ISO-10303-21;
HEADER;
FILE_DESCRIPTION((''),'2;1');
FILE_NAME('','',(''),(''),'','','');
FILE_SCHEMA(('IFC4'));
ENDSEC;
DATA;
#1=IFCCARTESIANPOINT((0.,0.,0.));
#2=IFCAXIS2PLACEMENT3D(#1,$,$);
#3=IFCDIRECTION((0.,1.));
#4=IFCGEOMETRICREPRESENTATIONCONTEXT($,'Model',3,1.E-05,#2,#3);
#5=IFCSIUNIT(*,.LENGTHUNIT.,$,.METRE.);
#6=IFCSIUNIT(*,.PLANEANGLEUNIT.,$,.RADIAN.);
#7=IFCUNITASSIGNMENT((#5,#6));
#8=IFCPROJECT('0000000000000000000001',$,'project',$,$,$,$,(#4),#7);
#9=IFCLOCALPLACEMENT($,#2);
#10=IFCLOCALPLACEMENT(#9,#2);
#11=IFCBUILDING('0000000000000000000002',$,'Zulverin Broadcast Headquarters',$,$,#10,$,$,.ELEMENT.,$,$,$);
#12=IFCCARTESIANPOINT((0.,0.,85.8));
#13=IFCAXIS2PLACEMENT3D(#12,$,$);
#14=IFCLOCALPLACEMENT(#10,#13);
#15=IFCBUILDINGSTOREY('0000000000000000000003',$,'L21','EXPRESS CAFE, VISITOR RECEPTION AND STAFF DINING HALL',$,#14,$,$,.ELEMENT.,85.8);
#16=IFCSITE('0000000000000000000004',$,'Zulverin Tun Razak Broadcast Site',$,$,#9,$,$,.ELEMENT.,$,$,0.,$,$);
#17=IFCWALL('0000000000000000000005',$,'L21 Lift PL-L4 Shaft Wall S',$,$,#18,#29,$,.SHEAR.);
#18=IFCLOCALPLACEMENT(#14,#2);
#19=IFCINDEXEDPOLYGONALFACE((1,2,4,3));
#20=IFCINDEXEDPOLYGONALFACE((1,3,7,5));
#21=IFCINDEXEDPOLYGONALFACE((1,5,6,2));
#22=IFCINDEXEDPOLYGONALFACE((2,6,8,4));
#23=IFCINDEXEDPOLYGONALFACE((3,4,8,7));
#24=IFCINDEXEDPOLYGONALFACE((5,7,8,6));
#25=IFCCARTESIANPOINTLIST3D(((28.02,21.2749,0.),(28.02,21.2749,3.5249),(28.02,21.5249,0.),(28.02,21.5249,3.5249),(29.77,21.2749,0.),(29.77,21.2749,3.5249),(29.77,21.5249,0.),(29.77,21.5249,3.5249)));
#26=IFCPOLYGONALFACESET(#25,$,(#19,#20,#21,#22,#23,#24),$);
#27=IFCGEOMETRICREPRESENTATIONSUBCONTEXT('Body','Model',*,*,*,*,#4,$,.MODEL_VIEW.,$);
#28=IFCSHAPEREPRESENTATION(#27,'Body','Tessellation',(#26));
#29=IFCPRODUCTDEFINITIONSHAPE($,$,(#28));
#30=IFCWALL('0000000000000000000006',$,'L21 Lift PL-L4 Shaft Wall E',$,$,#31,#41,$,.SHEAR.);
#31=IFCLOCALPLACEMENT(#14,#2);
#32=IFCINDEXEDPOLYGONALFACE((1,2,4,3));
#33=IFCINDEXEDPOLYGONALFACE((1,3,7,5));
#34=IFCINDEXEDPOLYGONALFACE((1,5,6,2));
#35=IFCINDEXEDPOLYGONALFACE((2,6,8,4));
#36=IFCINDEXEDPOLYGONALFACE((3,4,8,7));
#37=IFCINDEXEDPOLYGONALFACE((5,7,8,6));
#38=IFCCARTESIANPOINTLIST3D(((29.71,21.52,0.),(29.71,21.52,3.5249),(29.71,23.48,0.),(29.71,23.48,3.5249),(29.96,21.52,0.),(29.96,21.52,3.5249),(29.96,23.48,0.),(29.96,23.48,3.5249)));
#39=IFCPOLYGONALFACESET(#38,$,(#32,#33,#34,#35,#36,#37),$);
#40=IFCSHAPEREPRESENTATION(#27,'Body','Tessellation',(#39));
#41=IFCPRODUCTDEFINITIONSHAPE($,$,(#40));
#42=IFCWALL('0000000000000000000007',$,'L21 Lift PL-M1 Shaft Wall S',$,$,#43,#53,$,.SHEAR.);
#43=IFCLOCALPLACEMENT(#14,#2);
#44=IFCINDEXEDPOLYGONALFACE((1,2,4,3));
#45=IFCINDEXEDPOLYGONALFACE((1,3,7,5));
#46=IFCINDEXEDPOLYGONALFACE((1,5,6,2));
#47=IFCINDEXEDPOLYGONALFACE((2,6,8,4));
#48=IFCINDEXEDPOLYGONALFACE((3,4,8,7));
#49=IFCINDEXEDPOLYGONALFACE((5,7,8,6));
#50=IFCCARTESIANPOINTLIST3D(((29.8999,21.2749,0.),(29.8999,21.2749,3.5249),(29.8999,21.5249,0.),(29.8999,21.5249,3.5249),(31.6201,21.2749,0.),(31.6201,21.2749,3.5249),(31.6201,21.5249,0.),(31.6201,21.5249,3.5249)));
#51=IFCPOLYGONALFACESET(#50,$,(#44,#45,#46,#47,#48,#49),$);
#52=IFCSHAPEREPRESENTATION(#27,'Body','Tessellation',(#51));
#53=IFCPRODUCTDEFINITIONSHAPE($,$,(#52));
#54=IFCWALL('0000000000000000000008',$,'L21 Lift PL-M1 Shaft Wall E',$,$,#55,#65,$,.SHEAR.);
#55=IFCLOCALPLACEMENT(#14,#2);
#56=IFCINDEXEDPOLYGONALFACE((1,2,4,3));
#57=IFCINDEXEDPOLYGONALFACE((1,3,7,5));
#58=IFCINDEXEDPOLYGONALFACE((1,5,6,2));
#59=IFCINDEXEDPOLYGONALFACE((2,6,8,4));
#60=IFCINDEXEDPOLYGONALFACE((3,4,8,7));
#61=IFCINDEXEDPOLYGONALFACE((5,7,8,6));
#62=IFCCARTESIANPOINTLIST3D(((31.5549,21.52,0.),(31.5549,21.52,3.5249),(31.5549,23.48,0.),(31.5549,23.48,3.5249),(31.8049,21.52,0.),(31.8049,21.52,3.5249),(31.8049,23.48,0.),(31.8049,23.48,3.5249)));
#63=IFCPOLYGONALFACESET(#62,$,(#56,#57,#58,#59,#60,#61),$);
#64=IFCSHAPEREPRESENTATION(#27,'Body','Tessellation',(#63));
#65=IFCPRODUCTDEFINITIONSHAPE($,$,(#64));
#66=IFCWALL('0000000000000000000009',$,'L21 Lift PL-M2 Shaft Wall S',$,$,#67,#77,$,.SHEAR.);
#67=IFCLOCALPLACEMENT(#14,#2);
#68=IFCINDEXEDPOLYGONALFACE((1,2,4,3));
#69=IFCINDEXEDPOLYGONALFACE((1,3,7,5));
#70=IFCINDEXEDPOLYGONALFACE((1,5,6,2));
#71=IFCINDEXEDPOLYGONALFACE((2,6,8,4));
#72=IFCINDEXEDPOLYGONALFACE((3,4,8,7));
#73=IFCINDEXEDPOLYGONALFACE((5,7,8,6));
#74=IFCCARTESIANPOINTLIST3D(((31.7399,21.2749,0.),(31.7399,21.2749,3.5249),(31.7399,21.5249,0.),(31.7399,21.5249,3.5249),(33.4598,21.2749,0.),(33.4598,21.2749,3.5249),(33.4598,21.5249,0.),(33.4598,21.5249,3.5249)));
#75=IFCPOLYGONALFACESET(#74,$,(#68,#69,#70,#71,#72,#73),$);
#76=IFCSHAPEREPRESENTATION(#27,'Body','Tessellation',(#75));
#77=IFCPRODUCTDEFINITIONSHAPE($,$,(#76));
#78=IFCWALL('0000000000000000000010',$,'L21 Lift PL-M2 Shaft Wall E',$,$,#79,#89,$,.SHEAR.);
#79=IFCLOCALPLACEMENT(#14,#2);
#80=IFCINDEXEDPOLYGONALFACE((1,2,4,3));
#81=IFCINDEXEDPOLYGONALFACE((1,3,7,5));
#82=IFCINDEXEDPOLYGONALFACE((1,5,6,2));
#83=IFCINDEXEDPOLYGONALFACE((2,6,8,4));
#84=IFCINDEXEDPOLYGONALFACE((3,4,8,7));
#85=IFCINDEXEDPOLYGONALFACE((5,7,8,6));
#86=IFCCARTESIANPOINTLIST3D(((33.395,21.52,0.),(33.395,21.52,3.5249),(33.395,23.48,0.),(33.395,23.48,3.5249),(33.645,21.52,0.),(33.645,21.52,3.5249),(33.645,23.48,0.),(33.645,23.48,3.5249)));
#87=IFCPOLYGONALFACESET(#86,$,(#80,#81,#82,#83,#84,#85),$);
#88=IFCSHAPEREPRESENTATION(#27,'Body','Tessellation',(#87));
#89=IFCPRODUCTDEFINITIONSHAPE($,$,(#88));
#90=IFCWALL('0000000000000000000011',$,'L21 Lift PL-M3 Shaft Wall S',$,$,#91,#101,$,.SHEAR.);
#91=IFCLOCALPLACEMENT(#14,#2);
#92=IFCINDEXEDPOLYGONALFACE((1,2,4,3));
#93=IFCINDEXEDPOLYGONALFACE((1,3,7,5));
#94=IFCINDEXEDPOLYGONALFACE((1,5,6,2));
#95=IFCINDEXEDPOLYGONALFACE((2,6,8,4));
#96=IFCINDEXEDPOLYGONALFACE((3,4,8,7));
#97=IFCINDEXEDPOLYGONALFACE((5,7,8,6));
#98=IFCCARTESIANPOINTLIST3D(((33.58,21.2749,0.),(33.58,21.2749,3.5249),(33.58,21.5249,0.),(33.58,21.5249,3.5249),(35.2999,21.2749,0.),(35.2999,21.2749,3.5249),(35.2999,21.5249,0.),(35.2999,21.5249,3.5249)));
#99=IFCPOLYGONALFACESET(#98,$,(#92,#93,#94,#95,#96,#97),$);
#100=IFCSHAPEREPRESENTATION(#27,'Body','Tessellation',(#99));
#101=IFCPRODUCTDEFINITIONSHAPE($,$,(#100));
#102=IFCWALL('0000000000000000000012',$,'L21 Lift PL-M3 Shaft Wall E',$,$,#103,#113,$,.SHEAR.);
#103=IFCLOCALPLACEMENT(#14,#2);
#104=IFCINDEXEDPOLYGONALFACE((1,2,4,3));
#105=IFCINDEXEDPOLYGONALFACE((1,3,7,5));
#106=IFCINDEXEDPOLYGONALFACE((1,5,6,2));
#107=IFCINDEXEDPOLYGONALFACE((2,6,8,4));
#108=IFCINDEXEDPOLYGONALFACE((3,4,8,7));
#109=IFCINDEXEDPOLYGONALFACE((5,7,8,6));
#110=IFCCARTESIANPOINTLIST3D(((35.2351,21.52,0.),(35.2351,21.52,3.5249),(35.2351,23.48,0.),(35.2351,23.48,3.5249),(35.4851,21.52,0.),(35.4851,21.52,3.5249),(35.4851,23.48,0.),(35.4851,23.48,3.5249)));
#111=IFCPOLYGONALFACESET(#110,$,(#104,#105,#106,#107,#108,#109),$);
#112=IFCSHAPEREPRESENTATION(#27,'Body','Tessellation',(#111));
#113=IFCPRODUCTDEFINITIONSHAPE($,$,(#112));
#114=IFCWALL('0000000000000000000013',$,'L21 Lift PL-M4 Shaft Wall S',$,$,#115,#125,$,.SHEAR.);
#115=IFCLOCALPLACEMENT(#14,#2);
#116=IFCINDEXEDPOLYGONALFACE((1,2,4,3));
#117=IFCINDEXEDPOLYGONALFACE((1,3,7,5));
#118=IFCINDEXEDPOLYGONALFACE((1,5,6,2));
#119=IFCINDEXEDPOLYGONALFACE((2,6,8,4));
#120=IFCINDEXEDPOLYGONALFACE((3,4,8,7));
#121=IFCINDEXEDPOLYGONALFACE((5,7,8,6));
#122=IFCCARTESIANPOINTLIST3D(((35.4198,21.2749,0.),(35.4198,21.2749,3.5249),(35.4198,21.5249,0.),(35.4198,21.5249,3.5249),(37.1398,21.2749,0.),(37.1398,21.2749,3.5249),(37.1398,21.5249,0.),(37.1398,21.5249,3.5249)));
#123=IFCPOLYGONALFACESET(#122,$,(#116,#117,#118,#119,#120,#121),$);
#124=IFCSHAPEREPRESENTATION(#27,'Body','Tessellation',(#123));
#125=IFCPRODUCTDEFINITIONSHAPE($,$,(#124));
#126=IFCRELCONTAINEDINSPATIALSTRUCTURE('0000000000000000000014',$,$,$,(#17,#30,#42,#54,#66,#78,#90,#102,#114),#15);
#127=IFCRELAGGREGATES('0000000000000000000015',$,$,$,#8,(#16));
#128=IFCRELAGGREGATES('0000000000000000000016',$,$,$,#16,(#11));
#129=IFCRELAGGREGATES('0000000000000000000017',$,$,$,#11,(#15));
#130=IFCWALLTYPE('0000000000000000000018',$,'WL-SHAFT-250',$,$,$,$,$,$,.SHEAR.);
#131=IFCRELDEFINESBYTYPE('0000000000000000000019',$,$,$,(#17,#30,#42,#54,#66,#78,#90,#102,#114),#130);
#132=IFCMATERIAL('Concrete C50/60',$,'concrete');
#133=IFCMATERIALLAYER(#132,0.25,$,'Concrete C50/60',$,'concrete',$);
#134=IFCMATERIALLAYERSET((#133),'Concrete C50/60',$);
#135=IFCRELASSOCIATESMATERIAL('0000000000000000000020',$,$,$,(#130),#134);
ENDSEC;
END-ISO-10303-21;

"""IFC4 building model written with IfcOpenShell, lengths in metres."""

from ifc_helpers import new_model, si_unit, direction, frame, frame_2d, origin, place, context, subcontext, project, spatial, rectangle, extrude, material, layer, layer_set, type_object, element, save


model = new_model("IFC4")

# Units and contexts
model_context = context("Model", 3, precision=1e-05, world=origin(), true_north=direction((0.0, 1.0)))
body_context = subcontext(model_context, "Body", "Model", "MODEL_VIEW")
ifc_project = project(units=[si_unit("LENGTHUNIT", "METRE"), si_unit("PLANEANGLEUNIT", "RADIAN")], contexts=[model_context])

# Site, building, storey
site_placement = place(None, origin())
site = spatial("IfcSite", under=ifc_project, at=site_placement, Name="Zulverin Tun Razak Broadcast Site", CompositionType="ELEMENT", RefElevation=0.0)
building_placement = place(site_placement, origin())
building = spatial("IfcBuilding", under=site, at=building_placement, Name="Zulverin Broadcast Headquarters", CompositionType="ELEMENT")
storey_placement = place(building_placement, frame((0.0, 0.0, 85.8)))
storey = spatial("IfcBuildingStorey", under=building, at=storey_placement, Name="L21", Description="EXPRESS CAFE, VISITOR RECEPTION AND STAFF DINING HALL", CompositionType="ELEMENT", Elevation=85.8)

# Walls
ifc_material_1 = material(Name="Concrete C50/60", Category="concrete")
ifc_layer_1 = layer(ifc_material_1, 0.25, Name="Concrete C50/60", Category="concrete")
ifc_layer_set_1 = layer_set([ifc_layer_1], Name="Concrete C50/60")
wall_type_1 = type_object("IfcWallType", Name="WL-SHAFT-250", PredefinedType="SHEAR", material=ifc_layer_set_1)
wall_1_placement = place(storey_placement, frame((28.02, 21.3999, 0.0), z_axis=(0.0, 0.0, 1.0), x_axis=(1.0, 0.0, 0.0)))
element("IfcWall", 1, at=wall_1_placement, inside=storey, type_object=wall_type_1, Name="L21 Lift PL-L4 Shaft Wall S", PredefinedType="SHEAR", context=body_context, shape_type="SweptSolid", body=[
    extrude(rectangle(XDim=1.75, YDim=0.25, at=frame_2d((0.875, 0.0))), origin(), (0.0, 0.0, 1.0), 3.5249),
])
wall_2_placement = place(storey_placement, frame((29.835, 21.52, 0.0), z_axis=(0.0, 0.0, 1.0), x_axis=(0.0, 1.0, 0.0)))
element("IfcWall", 2, at=wall_2_placement, inside=storey, type_object=wall_type_1, Name="L21 Lift PL-L4 Shaft Wall E", PredefinedType="SHEAR", context=body_context, shape_type="SweptSolid", body=[
    extrude(rectangle(XDim=1.96, YDim=0.25, at=frame_2d((0.98, 0.0))), origin(), (0.0, 0.0, 1.0), 3.5249),
])
wall_3_placement = place(storey_placement, frame((29.8999, 21.3999, 0.0), z_axis=(0.0, 0.0, 1.0), x_axis=(1.0, 0.0, 0.0)))
element("IfcWall", 3, at=wall_3_placement, inside=storey, type_object=wall_type_1, Name="L21 Lift PL-M1 Shaft Wall S", PredefinedType="SHEAR", context=body_context, shape_type="SweptSolid", body=[
    extrude(rectangle(XDim=1.7202, YDim=0.25, at=frame_2d((0.8601, 0.0))), origin(), (0.0, 0.0, 1.0), 3.5249),
])
wall_4_placement = place(storey_placement, frame((31.6799, 21.52, 0.0), z_axis=(0.0, 0.0, 1.0), x_axis=(0.0, 1.0, 0.0)))
element("IfcWall", 4, at=wall_4_placement, inside=storey, type_object=wall_type_1, Name="L21 Lift PL-M1 Shaft Wall E", PredefinedType="SHEAR", context=body_context, shape_type="SweptSolid", body=[
    extrude(rectangle(XDim=1.96, YDim=0.25, at=frame_2d((0.98, 0.0))), origin(), (0.0, 0.0, 1.0), 3.5249),
])
wall_5_placement = place(storey_placement, frame((31.74, 21.3999, 0.0), z_axis=(0.0, 0.0, 1.0), x_axis=(1.0, 0.0, 0.0)))
element("IfcWall", 5, at=wall_5_placement, inside=storey, type_object=wall_type_1, Name="L21 Lift PL-M2 Shaft Wall S", PredefinedType="SHEAR", context=body_context, shape_type="SweptSolid", body=[
    extrude(rectangle(XDim=1.72, YDim=0.25, at=frame_2d((0.8599, 0.0))), origin(), (0.0, 0.0, 1.0), 3.5249),
])
wall_6_placement = place(storey_placement, frame((33.52, 21.52, 0.0), z_axis=(0.0, 0.0, 1.0), x_axis=(0.0, 1.0, 0.0)))
element("IfcWall", 6, at=wall_6_placement, inside=storey, type_object=wall_type_1, Name="L21 Lift PL-M2 Shaft Wall E", PredefinedType="SHEAR", context=body_context, shape_type="SweptSolid", body=[
    extrude(rectangle(XDim=1.96, YDim=0.25, at=frame_2d((0.98, 0.0))), origin(), (0.0, 0.0, 1.0), 3.5249),
])
wall_7_placement = place(storey_placement, frame((33.5801, 21.3999, 0.0), z_axis=(0.0, 0.0, 1.0), x_axis=(1.0, 0.0, 0.0)))
element("IfcWall", 7, at=wall_7_placement, inside=storey, type_object=wall_type_1, Name="L21 Lift PL-M3 Shaft Wall S", PredefinedType="SHEAR", context=body_context, shape_type="SweptSolid", body=[
    extrude(rectangle(XDim=1.72, YDim=0.25, at=frame_2d((0.8599, 0.0))), origin(), (0.0, 0.0, 1.0), 3.5249),
])
wall_8_placement = place(storey_placement, frame((35.3601, 21.52, 0.0), z_axis=(0.0, 0.0, 1.0), x_axis=(0.0, 1.0, 0.0)))
element("IfcWall", 8, at=wall_8_placement, inside=storey, type_object=wall_type_1, Name="L21 Lift PL-M3 Shaft Wall E", PredefinedType="SHEAR", context=body_context, shape_type="SweptSolid", body=[
    extrude(rectangle(XDim=1.96, YDim=0.25, at=frame_2d((0.98, 0.0))), origin(), (0.0, 0.0, 1.0), 3.5249),
])
wall_9_placement = place(storey_placement, frame((35.4199, 21.3999, 0.0), z_axis=(0.0, 0.0, 1.0), x_axis=(1.0, 0.0, 0.0)))
element("IfcWall", 9, at=wall_9_placement, inside=storey, type_object=wall_type_1, Name="L21 Lift PL-M4 Shaft Wall S", PredefinedType="SHEAR", context=body_context, shape_type="SweptSolid", body=[
    extrude(rectangle(XDim=1.72, YDim=0.25, at=frame_2d((0.8599, 0.0))), origin(), (0.0, 0.0, 1.0), 3.5249),
])

save(model, "model.ifc")
